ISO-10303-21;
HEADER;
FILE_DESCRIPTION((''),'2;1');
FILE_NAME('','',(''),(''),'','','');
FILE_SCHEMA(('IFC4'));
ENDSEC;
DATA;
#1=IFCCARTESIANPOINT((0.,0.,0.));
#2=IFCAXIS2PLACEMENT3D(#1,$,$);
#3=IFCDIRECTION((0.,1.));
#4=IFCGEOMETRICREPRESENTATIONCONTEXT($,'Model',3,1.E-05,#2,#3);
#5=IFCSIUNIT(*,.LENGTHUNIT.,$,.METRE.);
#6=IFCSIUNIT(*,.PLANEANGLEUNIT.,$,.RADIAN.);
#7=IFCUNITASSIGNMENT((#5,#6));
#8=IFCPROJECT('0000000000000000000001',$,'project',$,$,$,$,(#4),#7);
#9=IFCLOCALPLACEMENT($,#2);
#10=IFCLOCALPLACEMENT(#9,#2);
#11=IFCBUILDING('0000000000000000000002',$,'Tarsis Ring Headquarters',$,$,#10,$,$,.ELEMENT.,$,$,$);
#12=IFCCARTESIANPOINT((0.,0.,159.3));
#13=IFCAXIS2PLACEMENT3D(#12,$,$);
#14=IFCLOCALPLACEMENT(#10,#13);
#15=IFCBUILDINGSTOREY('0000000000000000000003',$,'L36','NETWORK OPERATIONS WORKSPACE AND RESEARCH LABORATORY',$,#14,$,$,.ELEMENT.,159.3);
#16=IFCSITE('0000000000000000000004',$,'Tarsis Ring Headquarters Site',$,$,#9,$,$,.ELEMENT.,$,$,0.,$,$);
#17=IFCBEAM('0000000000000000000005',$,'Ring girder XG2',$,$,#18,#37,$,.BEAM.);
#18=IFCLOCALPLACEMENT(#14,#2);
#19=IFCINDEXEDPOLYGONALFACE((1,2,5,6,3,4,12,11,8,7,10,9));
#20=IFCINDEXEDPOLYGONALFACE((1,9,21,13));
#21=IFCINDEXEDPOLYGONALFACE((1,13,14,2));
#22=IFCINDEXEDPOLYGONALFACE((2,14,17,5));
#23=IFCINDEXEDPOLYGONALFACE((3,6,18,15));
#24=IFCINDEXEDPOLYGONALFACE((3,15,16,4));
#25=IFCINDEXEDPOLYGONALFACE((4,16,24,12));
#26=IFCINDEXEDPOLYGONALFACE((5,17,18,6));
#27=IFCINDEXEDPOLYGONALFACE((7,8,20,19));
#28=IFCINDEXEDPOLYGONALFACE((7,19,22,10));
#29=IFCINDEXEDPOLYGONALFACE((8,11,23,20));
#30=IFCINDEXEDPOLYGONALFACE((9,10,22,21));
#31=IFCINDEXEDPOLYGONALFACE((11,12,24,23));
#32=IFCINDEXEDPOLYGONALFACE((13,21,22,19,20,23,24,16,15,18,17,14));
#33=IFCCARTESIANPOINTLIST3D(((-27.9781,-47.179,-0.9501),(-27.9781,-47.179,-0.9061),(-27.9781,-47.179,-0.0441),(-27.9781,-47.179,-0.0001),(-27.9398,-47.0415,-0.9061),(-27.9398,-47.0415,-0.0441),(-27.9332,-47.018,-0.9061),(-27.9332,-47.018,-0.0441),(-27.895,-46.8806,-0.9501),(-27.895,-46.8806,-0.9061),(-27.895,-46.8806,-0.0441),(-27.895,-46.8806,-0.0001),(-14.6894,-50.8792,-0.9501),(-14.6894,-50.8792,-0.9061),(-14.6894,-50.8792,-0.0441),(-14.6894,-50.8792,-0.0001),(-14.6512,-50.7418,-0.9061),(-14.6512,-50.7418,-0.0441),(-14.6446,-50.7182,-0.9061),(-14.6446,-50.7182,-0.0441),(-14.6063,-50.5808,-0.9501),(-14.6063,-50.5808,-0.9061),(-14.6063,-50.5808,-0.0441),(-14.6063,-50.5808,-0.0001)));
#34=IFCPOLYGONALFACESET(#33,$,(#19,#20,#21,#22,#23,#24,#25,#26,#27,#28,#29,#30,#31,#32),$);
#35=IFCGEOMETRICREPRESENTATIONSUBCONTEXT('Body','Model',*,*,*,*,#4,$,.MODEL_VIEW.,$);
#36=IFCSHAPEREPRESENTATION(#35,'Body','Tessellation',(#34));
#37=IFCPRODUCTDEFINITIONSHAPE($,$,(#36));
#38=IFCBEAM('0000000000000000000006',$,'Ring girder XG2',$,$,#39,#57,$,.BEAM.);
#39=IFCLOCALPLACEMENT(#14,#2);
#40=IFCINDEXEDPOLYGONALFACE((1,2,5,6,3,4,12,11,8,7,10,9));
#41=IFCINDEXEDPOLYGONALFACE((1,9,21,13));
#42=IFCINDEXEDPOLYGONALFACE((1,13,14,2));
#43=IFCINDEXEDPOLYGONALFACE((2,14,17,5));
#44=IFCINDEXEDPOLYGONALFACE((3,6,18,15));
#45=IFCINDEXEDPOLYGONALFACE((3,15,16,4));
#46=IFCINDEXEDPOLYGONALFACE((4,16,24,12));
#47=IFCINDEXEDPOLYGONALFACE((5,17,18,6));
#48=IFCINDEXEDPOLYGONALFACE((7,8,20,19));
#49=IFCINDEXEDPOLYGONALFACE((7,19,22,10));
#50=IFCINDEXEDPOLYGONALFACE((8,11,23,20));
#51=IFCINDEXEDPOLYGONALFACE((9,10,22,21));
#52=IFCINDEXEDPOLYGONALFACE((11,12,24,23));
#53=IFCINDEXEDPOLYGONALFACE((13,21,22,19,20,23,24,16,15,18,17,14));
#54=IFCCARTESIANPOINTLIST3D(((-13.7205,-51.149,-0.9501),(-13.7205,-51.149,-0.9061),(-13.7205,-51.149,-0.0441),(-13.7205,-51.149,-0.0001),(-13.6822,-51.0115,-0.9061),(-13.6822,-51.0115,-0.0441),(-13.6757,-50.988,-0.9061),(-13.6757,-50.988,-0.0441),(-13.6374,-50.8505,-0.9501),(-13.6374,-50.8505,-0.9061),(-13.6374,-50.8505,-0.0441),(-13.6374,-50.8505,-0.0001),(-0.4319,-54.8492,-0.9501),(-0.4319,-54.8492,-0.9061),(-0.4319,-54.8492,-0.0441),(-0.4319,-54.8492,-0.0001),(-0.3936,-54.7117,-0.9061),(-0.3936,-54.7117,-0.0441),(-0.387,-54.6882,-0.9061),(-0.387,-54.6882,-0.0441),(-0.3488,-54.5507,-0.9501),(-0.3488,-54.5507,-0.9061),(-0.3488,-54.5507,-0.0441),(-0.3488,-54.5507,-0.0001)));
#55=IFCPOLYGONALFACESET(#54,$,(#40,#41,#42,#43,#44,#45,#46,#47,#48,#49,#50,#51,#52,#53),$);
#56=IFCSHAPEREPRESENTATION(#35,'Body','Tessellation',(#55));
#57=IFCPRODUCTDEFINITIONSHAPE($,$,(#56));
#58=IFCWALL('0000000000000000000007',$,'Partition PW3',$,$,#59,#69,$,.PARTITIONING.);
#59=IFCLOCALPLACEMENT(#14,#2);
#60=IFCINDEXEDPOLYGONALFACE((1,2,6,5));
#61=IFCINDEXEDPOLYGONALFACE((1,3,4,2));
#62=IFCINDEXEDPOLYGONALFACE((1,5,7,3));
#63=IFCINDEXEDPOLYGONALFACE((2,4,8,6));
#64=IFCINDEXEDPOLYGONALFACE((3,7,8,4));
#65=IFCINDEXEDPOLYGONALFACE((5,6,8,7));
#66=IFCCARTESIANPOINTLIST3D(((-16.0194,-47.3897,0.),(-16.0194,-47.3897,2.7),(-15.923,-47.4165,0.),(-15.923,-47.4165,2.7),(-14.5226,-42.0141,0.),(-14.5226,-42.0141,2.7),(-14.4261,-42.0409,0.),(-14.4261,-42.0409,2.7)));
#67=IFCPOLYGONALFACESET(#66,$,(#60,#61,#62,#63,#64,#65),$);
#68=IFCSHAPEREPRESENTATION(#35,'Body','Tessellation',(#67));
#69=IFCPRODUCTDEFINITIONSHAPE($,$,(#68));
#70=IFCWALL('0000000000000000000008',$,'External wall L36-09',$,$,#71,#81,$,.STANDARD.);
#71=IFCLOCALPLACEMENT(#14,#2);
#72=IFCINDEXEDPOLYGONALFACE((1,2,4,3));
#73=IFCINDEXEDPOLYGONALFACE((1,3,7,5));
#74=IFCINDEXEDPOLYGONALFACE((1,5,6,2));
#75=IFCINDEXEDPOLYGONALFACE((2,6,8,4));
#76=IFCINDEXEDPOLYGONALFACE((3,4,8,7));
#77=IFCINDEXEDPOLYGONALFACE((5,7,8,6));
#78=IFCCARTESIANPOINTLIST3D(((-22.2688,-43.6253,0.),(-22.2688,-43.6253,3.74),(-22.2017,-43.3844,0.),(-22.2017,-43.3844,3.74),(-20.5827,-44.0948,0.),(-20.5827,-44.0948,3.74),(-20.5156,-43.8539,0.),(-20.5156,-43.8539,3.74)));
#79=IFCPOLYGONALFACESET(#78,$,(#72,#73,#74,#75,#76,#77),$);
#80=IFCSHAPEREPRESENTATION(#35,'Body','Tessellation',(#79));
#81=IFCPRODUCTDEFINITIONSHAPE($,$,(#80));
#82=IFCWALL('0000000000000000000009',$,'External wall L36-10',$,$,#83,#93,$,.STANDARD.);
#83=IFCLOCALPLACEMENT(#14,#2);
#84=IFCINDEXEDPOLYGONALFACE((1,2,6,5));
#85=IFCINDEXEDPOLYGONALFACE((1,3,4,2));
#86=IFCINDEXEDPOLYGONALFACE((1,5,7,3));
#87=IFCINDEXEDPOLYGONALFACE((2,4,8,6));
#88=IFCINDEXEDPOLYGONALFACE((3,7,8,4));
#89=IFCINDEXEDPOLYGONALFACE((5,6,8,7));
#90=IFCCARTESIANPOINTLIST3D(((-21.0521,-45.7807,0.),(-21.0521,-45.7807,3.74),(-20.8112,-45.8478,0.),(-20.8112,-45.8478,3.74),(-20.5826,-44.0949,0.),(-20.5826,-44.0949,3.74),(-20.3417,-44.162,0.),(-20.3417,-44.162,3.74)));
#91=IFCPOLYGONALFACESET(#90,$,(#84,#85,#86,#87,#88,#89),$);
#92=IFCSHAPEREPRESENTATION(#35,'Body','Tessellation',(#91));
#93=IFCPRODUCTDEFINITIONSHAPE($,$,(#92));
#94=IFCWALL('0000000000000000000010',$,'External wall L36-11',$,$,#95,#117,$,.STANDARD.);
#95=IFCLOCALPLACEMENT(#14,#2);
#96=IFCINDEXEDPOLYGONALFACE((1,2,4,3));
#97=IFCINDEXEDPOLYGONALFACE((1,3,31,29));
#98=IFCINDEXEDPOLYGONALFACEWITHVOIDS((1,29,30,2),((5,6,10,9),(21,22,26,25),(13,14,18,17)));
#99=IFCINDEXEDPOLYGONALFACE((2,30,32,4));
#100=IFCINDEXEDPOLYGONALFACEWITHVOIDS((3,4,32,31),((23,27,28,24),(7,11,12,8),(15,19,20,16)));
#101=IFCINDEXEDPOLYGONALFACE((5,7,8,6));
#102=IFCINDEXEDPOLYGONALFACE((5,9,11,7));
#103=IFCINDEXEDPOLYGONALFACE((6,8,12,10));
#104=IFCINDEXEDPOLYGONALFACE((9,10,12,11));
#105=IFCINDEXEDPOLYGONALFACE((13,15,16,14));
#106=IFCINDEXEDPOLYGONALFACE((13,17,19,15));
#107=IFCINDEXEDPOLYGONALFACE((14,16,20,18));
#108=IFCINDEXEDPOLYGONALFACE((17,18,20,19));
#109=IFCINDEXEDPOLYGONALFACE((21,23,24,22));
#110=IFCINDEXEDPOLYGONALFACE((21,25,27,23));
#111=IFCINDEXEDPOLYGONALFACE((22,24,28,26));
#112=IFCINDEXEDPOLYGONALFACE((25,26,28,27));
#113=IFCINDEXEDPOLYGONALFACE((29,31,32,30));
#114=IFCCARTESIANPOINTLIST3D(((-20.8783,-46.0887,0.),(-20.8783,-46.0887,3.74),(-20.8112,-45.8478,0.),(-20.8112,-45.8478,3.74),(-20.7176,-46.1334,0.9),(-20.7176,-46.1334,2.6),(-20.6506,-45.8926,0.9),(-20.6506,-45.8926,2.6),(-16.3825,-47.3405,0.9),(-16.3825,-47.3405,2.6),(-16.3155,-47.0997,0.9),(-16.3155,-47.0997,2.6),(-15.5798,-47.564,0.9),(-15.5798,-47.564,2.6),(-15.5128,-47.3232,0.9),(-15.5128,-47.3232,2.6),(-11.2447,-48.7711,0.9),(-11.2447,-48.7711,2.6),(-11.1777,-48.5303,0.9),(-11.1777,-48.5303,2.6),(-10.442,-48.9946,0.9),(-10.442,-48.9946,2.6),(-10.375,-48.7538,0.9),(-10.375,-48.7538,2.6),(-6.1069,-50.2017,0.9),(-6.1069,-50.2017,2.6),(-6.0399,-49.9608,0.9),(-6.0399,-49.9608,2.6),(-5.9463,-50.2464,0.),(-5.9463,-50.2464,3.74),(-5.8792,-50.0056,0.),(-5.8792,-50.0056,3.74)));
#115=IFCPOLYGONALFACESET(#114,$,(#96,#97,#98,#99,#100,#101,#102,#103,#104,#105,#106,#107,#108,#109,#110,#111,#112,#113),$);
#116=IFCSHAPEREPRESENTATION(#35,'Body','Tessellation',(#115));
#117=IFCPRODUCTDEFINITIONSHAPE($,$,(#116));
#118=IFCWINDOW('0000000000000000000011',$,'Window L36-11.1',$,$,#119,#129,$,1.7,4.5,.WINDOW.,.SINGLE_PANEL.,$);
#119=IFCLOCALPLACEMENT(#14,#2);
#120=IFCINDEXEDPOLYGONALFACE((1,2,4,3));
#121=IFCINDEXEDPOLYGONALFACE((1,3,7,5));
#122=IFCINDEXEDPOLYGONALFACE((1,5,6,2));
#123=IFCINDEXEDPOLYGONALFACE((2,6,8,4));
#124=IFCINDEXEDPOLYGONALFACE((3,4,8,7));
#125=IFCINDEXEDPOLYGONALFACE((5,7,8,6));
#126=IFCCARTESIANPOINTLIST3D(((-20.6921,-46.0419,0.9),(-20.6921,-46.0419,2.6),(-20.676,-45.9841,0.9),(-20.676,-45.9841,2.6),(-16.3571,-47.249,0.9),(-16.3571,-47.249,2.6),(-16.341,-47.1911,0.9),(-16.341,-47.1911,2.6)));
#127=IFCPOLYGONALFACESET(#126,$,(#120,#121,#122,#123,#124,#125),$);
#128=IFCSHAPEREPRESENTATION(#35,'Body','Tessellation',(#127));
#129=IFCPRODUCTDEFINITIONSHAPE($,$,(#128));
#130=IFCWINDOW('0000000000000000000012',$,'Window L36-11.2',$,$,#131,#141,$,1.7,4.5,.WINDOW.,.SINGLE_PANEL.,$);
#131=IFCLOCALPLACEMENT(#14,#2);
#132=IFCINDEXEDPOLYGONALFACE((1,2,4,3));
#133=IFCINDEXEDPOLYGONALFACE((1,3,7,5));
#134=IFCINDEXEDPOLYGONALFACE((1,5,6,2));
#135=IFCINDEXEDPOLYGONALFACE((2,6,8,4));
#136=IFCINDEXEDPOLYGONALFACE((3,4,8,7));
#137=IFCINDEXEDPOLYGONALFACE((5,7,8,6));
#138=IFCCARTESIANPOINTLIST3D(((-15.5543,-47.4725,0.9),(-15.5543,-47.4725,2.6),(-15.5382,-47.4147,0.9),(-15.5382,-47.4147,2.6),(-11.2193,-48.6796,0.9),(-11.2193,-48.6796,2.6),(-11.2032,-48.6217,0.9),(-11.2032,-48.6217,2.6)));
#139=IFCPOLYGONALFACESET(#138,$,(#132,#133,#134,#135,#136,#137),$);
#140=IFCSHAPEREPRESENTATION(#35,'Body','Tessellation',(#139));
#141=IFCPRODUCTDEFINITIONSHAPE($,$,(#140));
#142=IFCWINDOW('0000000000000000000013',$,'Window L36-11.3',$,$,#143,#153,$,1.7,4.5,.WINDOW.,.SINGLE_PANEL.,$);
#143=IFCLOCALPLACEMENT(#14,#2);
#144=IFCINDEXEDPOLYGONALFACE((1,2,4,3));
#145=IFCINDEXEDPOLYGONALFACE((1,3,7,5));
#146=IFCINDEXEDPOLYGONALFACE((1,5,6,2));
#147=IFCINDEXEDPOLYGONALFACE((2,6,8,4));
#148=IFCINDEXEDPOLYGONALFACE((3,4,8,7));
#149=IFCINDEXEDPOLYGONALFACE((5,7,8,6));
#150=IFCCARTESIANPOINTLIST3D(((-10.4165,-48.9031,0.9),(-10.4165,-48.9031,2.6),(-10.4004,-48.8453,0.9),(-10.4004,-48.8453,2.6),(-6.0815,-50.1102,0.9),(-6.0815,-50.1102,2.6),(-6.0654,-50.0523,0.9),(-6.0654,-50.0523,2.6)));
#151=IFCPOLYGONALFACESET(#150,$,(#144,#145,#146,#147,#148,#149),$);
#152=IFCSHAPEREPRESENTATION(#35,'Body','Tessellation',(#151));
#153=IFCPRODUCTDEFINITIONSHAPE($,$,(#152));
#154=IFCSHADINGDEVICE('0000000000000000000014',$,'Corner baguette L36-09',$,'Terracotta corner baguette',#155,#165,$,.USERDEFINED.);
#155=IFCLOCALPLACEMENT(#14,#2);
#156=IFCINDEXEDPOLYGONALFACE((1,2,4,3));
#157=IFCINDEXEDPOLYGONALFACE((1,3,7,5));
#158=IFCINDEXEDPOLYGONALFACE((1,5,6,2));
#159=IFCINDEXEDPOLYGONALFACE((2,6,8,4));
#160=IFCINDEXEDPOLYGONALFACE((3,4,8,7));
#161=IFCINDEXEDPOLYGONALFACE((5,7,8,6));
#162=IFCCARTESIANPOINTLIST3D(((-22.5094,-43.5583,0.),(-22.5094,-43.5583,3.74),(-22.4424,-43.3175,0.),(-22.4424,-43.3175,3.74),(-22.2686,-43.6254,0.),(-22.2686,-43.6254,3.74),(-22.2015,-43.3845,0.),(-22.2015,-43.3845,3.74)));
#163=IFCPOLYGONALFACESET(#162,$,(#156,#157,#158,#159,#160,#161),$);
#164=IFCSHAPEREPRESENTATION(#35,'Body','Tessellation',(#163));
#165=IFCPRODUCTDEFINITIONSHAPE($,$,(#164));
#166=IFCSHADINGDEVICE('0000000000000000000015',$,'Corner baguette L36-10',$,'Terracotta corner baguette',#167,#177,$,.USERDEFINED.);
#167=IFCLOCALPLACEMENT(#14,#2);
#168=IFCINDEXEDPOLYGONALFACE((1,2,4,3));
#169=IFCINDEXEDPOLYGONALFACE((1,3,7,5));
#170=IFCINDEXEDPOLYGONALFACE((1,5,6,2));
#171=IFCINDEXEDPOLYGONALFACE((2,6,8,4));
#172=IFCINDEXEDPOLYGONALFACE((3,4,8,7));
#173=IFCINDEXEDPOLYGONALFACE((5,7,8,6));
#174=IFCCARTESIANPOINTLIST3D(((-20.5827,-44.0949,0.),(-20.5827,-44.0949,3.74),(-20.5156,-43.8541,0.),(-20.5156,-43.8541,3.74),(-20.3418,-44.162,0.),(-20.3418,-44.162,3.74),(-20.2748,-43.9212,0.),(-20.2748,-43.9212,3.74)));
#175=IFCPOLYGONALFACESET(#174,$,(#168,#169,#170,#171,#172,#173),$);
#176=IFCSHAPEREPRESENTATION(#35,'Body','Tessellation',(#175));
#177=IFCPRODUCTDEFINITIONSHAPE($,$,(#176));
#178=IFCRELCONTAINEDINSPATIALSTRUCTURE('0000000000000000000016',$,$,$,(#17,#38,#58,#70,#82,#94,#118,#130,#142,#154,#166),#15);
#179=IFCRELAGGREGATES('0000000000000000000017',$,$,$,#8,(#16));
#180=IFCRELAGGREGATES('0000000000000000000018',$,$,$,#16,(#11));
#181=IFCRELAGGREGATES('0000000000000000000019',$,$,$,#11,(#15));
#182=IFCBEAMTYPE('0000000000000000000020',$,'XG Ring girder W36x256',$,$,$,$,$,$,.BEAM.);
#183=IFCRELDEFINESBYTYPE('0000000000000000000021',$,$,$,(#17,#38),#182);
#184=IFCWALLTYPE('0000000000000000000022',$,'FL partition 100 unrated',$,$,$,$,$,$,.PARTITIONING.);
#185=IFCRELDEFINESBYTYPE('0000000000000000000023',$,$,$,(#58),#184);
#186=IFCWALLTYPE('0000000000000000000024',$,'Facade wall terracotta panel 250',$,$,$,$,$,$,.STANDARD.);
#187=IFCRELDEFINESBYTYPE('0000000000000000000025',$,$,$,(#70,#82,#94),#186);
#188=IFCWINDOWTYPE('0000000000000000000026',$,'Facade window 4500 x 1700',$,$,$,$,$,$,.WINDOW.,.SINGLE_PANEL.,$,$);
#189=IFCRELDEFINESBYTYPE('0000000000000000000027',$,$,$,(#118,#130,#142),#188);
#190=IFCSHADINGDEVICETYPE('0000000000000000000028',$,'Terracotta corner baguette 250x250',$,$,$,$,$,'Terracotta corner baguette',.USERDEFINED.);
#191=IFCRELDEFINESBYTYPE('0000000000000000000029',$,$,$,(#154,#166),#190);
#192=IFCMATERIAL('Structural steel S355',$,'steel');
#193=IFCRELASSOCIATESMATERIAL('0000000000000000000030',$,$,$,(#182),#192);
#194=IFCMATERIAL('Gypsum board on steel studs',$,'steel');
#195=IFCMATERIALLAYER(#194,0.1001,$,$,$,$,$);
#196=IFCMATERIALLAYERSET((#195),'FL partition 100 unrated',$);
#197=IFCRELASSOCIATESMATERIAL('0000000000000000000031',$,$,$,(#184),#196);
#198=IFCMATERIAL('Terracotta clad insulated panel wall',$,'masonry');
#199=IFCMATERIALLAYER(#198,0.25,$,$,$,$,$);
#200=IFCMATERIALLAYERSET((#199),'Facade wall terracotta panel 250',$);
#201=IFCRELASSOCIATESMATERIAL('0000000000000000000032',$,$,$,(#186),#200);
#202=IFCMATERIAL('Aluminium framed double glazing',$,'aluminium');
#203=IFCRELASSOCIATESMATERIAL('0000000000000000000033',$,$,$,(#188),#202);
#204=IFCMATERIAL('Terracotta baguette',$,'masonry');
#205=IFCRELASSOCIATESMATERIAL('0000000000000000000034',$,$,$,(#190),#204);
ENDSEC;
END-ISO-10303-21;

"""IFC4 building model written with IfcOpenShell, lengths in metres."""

from ifc_helpers import new_model, si_unit, direction, frame, frame_2d, origin, origin_2d, place, context, subcontext, project, spatial, rectangle, i_section, extrude, material, layer, layer_set, material_profile, profile_set, type_object, element, fill, save


model = new_model("IFC4")

# Units and contexts
model_context = context("Model", 3, precision=1e-05, world=origin(), true_north=direction((0.0, 1.0)))
body_context = subcontext(model_context, "Body", "Model", "MODEL_VIEW")
ifc_project = project(units=[si_unit("LENGTHUNIT", "METRE"), si_unit("PLANEANGLEUNIT", "RADIAN")], contexts=[model_context])

# Site, building, storey
site_placement = place(None, origin())
site = spatial("IfcSite", under=ifc_project, at=site_placement, Name="Tarsis Ring Headquarters Site", CompositionType="ELEMENT", RefElevation=0.0)
building_placement = place(site_placement, origin())
building = spatial("IfcBuilding", under=site, at=building_placement, Name="Tarsis Ring Headquarters", CompositionType="ELEMENT")
storey_placement = place(building_placement, frame((0.0, 0.0, 159.3)))
storey = spatial("IfcBuildingStorey", under=building, at=storey_placement, Name="L36", Description="NETWORK OPERATIONS WORKSPACE AND RESEARCH LABORATORY", CompositionType="ELEMENT", Elevation=159.3)

# Shared definitions
ifc_material_1 = material(Name="Structural steel S355", Category="steel")

# Beams
ifc_material_profile_1 = material_profile(ifc_material_1, i_section(OverallWidth=0.3098, OverallDepth=0.95, WebThickness=0.0244, FlangeThickness=0.0439, at=origin_2d()), Name="W36x256")
ifc_profile_set_1 = profile_set([ifc_material_profile_1], Name="Structural steel S355")
beam_type_1 = type_object("IfcBeamType", Name="XG Ring girder W36x256", PredefinedType="BEAM", material=ifc_profile_set_1)
for number, where, z_axis, x_axis, name in (
    (1, (-27.9365, -47.0298, -0.4751), (0.963351, -0.268244, 0.0), (0.268244, 0.963351, 0.0), "Ring girder XG2"),
    (2, (-13.679, -50.9998, -0.4751), (0.963351, -0.268244, 0.0), (0.268244, 0.963351, 0.0), "Ring girder XG2"),
):
    element("IfcBeam", number, at=place(storey_placement, frame(where, z_axis=z_axis, x_axis=x_axis)), inside=storey, type_object=beam_type_1, Name=name, PredefinedType="BEAM", context=body_context, shape_type="SweptSolid", body=[
        extrude(i_section(OverallWidth=0.3098, OverallDepth=0.95, WebThickness=0.0244, FlangeThickness=0.0439, at=origin_2d()), origin(), (0.0, 0.0, 1.0), 13.7942),
    ])

# Walls
ifc_material_2 = material(Name="Gypsum board on steel studs", Category="steel")
ifc_layer_1 = layer(ifc_material_2, 0.1001)
ifc_layer_set_1 = layer_set([ifc_layer_1], Name="FL partition 100 unrated")
wall_type_1 = type_object("IfcWallType", Name="FL partition 100 unrated", PredefinedType="PARTITIONING", material=ifc_layer_set_1)
wall_1_placement = place(storey_placement, frame((-15.9712, -47.4031, 0.0), z_axis=(0.0, 0.0, 1.0), x_axis=(0.268249, 0.96335, 0.0)))
element("IfcWall", 3, at=wall_1_placement, inside=storey, type_object=wall_type_1, Name="Partition PW3", PredefinedType="PARTITIONING", context=body_context, shape_type="SweptSolid", body=[
    extrude(rectangle(XDim=5.5801, YDim=0.1001, at=frame_2d((2.79, 0.0))), origin(), (0.0, 0.0, 1.0), 2.7),
])
ifc_material_3 = material(Name="Terracotta clad insulated panel wall", Category="masonry")
ifc_layer_2 = layer(ifc_material_3, 0.25)
ifc_layer_set_2 = layer_set([ifc_layer_2], Name="Facade wall terracotta panel 250")
wall_type_2 = type_object("IfcWallType", Name="Facade wall terracotta panel 250", PredefinedType="STANDARD", material=ifc_layer_set_2)
wall_2_placement = place(storey_placement, frame((-22.2351, -43.5049, 0.0), z_axis=(0.0, 0.0, 1.0), x_axis=(0.96335, -0.268248, 0.0)))
element("IfcWall", 4, at=wall_2_placement, inside=storey, type_object=wall_type_2, Name="External wall L36-09", PredefinedType="STANDARD", context=body_context, shape_type="SweptSolid", body=[
    extrude(rectangle(XDim=1.7502, YDim=0.25, at=frame_2d((0.875, 0.0))), origin(), (0.0, 0.0, 1.0), 3.74),
])
wall_3_placement = place(storey_placement, frame((-20.4622, -44.1284, 0.0), z_axis=(0.0, 0.0, 1.0), x_axis=(-0.268284, -0.96334, 0.0)))
element("IfcWall", 5, at=wall_3_placement, inside=storey, type_object=wall_type_2, Name="External wall L36-10", PredefinedType="STANDARD", context=body_context, shape_type="SweptSolid", body=[
    extrude(rectangle(XDim=1.75, YDim=0.25, at=frame_2d((0.875, 0.0))), origin(), (0.0, 0.0, 1.0), 3.74),
])

# Wall, openings, windows
wall_4_placement = place(storey_placement, frame((-20.8447, -45.9683, 0.0), z_axis=(0.0, 0.0, 1.0), x_axis=(0.963352, -0.268241, 0.0)))
wall_4 = element("IfcWall", 6, at=wall_4_placement, inside=storey, type_object=wall_type_2, Name="External wall L36-11", PredefinedType="STANDARD", context=body_context, shape_type="SweptSolid", body=[
    extrude(rectangle(XDim=15.5, YDim=0.25, at=frame_2d((7.75, 0.0))), origin(), (0.0, 0.0, 1.0), 3.74),
])
opening_1_placement = place(wall_4_placement, frame((0.1667, 0.0, 0.8999)))
opening_1 = element("IfcOpeningElement", 7, at=opening_1_placement, cuts=wall_4, PredefinedType="OPENING", context=body_context, shape_type="SweptSolid", body=[
    extrude(rectangle(XDim=4.5, YDim=1.7, at=frame_2d((2.25, 0.8501))), frame((0.0, 0.135, 0.0), z_axis=(0.0, -1.0, 0.0), x_axis=(1.0, 0.0, 0.0)), (0.0, 0.0, 1.0), 0.27),
])
opening_2_placement = place(wall_4_placement, frame((5.5, 0.0, 0.8999)))
opening_2 = element("IfcOpeningElement", 8, at=opening_2_placement, cuts=wall_4, PredefinedType="OPENING", context=body_context, shape_type="SweptSolid", body=[
    extrude(rectangle(XDim=4.5, YDim=1.7, at=frame_2d((2.25, 0.8501))), frame((0.0, 0.135, 0.0), z_axis=(0.0, -1.0, 0.0), x_axis=(1.0, 0.0, 0.0)), (0.0, 0.0, 1.0), 0.27),
])
opening_3_placement = place(wall_4_placement, frame((10.8333, 0.0, 0.8999)))
opening_3 = element("IfcOpeningElement", 9, at=opening_3_placement, cuts=wall_4, PredefinedType="OPENING", context=body_context, shape_type="SweptSolid", body=[
    extrude(rectangle(XDim=4.5, YDim=1.7, at=frame_2d((2.25, 0.8501))), frame((0.0, 0.135, 0.0), z_axis=(0.0, -1.0, 0.0), x_axis=(1.0, 0.0, 0.0)), (0.0, 0.0, 1.0), 0.27),
])
ifc_material_4 = material(Name="Aluminium framed double glazing", Category="aluminium")
window_type = type_object("IfcWindowType", Name="Facade window 4500 x 1700", PartitioningType="SINGLE_PANEL", PredefinedType="WINDOW", material=ifc_material_4)
window_1_placement = place(opening_1_placement, origin())
window_1 = element("IfcWindow", 10, at=window_1_placement, inside=storey, type_object=window_type, Name="Window L36-11.1", OverallHeight=1.7, OverallWidth=4.5, PartitioningType="SINGLE_PANEL", PredefinedType="WINDOW", context=body_context, shape_type="SweptSolid", body=[
    extrude(rectangle(XDim=4.5, YDim=1.7, at=frame_2d((2.25, 0.8501))), frame((0.0, 0.03, 0.0), z_axis=(0.0, -1.0, 0.0), x_axis=(1.0, 0.0, 0.0)), (0.0, 0.0, 1.0), 0.0601),
])
fill(opening_1, window_1)
window_2_placement = place(opening_2_placement, origin())
window_2 = element("IfcWindow", 11, at=window_2_placement, inside=storey, type_object=window_type, Name="Window L36-11.2", OverallHeight=1.7, OverallWidth=4.5, PartitioningType="SINGLE_PANEL", PredefinedType="WINDOW", context=body_context, shape_type="SweptSolid", body=[
    extrude(rectangle(XDim=4.5, YDim=1.7, at=frame_2d((2.25, 0.8501))), frame((0.0, 0.03, 0.0), z_axis=(0.0, -1.0, 0.0), x_axis=(1.0, 0.0, 0.0)), (0.0, 0.0, 1.0), 0.0601),
])
fill(opening_2, window_2)
window_3_placement = place(opening_3_placement, origin())
window_3 = element("IfcWindow", 12, at=window_3_placement, inside=storey, type_object=window_type, Name="Window L36-11.3", OverallHeight=1.7, OverallWidth=4.5, PartitioningType="SINGLE_PANEL", PredefinedType="WINDOW", context=body_context, shape_type="SweptSolid", body=[
    extrude(rectangle(XDim=4.5, YDim=1.7, at=frame_2d((2.25, 0.8501))), frame((0.0, 0.03, 0.0), z_axis=(0.0, -1.0, 0.0), x_axis=(1.0, 0.0, 0.0)), (0.0, 0.0, 1.0), 0.0601),
])
fill(opening_3, window_3)

# Shading devices
ifc_material_5 = material(Name="Terracotta baguette", Category="masonry")
shading_device_type_1 = type_object("IfcShadingDeviceType", Name="Terracotta corner baguette 250x250", ElementType="Terracotta corner baguette", PredefinedType="USERDEFINED", material=ifc_material_5)
for number, where, z_axis, x_axis, name in (
    (13, (-22.3555, -43.4714, 0.0), (0.0, 0.0, 1.0), (-0.268248, -0.96335, 0.0), "Corner baguette L36-09"),
    (14, (-20.4287, -44.0081, 0.0), (0.0, 0.0, 1.0), (0.96335, -0.268248, 0.0), "Corner baguette L36-10"),
):
    element("IfcShadingDevice", number, at=place(storey_placement, frame(where, z_axis=z_axis, x_axis=x_axis)), inside=storey, type_object=shading_device_type_1, Name=name, ObjectType="Terracotta corner baguette", PredefinedType="USERDEFINED", context=body_context, shape_type="SweptSolid", body=[
        extrude(rectangle(XDim=0.25, YDim=0.25, at=origin_2d()), origin(), (0.0, 0.0, 1.0), 3.74),
    ])

save(model, "model.ifc")
